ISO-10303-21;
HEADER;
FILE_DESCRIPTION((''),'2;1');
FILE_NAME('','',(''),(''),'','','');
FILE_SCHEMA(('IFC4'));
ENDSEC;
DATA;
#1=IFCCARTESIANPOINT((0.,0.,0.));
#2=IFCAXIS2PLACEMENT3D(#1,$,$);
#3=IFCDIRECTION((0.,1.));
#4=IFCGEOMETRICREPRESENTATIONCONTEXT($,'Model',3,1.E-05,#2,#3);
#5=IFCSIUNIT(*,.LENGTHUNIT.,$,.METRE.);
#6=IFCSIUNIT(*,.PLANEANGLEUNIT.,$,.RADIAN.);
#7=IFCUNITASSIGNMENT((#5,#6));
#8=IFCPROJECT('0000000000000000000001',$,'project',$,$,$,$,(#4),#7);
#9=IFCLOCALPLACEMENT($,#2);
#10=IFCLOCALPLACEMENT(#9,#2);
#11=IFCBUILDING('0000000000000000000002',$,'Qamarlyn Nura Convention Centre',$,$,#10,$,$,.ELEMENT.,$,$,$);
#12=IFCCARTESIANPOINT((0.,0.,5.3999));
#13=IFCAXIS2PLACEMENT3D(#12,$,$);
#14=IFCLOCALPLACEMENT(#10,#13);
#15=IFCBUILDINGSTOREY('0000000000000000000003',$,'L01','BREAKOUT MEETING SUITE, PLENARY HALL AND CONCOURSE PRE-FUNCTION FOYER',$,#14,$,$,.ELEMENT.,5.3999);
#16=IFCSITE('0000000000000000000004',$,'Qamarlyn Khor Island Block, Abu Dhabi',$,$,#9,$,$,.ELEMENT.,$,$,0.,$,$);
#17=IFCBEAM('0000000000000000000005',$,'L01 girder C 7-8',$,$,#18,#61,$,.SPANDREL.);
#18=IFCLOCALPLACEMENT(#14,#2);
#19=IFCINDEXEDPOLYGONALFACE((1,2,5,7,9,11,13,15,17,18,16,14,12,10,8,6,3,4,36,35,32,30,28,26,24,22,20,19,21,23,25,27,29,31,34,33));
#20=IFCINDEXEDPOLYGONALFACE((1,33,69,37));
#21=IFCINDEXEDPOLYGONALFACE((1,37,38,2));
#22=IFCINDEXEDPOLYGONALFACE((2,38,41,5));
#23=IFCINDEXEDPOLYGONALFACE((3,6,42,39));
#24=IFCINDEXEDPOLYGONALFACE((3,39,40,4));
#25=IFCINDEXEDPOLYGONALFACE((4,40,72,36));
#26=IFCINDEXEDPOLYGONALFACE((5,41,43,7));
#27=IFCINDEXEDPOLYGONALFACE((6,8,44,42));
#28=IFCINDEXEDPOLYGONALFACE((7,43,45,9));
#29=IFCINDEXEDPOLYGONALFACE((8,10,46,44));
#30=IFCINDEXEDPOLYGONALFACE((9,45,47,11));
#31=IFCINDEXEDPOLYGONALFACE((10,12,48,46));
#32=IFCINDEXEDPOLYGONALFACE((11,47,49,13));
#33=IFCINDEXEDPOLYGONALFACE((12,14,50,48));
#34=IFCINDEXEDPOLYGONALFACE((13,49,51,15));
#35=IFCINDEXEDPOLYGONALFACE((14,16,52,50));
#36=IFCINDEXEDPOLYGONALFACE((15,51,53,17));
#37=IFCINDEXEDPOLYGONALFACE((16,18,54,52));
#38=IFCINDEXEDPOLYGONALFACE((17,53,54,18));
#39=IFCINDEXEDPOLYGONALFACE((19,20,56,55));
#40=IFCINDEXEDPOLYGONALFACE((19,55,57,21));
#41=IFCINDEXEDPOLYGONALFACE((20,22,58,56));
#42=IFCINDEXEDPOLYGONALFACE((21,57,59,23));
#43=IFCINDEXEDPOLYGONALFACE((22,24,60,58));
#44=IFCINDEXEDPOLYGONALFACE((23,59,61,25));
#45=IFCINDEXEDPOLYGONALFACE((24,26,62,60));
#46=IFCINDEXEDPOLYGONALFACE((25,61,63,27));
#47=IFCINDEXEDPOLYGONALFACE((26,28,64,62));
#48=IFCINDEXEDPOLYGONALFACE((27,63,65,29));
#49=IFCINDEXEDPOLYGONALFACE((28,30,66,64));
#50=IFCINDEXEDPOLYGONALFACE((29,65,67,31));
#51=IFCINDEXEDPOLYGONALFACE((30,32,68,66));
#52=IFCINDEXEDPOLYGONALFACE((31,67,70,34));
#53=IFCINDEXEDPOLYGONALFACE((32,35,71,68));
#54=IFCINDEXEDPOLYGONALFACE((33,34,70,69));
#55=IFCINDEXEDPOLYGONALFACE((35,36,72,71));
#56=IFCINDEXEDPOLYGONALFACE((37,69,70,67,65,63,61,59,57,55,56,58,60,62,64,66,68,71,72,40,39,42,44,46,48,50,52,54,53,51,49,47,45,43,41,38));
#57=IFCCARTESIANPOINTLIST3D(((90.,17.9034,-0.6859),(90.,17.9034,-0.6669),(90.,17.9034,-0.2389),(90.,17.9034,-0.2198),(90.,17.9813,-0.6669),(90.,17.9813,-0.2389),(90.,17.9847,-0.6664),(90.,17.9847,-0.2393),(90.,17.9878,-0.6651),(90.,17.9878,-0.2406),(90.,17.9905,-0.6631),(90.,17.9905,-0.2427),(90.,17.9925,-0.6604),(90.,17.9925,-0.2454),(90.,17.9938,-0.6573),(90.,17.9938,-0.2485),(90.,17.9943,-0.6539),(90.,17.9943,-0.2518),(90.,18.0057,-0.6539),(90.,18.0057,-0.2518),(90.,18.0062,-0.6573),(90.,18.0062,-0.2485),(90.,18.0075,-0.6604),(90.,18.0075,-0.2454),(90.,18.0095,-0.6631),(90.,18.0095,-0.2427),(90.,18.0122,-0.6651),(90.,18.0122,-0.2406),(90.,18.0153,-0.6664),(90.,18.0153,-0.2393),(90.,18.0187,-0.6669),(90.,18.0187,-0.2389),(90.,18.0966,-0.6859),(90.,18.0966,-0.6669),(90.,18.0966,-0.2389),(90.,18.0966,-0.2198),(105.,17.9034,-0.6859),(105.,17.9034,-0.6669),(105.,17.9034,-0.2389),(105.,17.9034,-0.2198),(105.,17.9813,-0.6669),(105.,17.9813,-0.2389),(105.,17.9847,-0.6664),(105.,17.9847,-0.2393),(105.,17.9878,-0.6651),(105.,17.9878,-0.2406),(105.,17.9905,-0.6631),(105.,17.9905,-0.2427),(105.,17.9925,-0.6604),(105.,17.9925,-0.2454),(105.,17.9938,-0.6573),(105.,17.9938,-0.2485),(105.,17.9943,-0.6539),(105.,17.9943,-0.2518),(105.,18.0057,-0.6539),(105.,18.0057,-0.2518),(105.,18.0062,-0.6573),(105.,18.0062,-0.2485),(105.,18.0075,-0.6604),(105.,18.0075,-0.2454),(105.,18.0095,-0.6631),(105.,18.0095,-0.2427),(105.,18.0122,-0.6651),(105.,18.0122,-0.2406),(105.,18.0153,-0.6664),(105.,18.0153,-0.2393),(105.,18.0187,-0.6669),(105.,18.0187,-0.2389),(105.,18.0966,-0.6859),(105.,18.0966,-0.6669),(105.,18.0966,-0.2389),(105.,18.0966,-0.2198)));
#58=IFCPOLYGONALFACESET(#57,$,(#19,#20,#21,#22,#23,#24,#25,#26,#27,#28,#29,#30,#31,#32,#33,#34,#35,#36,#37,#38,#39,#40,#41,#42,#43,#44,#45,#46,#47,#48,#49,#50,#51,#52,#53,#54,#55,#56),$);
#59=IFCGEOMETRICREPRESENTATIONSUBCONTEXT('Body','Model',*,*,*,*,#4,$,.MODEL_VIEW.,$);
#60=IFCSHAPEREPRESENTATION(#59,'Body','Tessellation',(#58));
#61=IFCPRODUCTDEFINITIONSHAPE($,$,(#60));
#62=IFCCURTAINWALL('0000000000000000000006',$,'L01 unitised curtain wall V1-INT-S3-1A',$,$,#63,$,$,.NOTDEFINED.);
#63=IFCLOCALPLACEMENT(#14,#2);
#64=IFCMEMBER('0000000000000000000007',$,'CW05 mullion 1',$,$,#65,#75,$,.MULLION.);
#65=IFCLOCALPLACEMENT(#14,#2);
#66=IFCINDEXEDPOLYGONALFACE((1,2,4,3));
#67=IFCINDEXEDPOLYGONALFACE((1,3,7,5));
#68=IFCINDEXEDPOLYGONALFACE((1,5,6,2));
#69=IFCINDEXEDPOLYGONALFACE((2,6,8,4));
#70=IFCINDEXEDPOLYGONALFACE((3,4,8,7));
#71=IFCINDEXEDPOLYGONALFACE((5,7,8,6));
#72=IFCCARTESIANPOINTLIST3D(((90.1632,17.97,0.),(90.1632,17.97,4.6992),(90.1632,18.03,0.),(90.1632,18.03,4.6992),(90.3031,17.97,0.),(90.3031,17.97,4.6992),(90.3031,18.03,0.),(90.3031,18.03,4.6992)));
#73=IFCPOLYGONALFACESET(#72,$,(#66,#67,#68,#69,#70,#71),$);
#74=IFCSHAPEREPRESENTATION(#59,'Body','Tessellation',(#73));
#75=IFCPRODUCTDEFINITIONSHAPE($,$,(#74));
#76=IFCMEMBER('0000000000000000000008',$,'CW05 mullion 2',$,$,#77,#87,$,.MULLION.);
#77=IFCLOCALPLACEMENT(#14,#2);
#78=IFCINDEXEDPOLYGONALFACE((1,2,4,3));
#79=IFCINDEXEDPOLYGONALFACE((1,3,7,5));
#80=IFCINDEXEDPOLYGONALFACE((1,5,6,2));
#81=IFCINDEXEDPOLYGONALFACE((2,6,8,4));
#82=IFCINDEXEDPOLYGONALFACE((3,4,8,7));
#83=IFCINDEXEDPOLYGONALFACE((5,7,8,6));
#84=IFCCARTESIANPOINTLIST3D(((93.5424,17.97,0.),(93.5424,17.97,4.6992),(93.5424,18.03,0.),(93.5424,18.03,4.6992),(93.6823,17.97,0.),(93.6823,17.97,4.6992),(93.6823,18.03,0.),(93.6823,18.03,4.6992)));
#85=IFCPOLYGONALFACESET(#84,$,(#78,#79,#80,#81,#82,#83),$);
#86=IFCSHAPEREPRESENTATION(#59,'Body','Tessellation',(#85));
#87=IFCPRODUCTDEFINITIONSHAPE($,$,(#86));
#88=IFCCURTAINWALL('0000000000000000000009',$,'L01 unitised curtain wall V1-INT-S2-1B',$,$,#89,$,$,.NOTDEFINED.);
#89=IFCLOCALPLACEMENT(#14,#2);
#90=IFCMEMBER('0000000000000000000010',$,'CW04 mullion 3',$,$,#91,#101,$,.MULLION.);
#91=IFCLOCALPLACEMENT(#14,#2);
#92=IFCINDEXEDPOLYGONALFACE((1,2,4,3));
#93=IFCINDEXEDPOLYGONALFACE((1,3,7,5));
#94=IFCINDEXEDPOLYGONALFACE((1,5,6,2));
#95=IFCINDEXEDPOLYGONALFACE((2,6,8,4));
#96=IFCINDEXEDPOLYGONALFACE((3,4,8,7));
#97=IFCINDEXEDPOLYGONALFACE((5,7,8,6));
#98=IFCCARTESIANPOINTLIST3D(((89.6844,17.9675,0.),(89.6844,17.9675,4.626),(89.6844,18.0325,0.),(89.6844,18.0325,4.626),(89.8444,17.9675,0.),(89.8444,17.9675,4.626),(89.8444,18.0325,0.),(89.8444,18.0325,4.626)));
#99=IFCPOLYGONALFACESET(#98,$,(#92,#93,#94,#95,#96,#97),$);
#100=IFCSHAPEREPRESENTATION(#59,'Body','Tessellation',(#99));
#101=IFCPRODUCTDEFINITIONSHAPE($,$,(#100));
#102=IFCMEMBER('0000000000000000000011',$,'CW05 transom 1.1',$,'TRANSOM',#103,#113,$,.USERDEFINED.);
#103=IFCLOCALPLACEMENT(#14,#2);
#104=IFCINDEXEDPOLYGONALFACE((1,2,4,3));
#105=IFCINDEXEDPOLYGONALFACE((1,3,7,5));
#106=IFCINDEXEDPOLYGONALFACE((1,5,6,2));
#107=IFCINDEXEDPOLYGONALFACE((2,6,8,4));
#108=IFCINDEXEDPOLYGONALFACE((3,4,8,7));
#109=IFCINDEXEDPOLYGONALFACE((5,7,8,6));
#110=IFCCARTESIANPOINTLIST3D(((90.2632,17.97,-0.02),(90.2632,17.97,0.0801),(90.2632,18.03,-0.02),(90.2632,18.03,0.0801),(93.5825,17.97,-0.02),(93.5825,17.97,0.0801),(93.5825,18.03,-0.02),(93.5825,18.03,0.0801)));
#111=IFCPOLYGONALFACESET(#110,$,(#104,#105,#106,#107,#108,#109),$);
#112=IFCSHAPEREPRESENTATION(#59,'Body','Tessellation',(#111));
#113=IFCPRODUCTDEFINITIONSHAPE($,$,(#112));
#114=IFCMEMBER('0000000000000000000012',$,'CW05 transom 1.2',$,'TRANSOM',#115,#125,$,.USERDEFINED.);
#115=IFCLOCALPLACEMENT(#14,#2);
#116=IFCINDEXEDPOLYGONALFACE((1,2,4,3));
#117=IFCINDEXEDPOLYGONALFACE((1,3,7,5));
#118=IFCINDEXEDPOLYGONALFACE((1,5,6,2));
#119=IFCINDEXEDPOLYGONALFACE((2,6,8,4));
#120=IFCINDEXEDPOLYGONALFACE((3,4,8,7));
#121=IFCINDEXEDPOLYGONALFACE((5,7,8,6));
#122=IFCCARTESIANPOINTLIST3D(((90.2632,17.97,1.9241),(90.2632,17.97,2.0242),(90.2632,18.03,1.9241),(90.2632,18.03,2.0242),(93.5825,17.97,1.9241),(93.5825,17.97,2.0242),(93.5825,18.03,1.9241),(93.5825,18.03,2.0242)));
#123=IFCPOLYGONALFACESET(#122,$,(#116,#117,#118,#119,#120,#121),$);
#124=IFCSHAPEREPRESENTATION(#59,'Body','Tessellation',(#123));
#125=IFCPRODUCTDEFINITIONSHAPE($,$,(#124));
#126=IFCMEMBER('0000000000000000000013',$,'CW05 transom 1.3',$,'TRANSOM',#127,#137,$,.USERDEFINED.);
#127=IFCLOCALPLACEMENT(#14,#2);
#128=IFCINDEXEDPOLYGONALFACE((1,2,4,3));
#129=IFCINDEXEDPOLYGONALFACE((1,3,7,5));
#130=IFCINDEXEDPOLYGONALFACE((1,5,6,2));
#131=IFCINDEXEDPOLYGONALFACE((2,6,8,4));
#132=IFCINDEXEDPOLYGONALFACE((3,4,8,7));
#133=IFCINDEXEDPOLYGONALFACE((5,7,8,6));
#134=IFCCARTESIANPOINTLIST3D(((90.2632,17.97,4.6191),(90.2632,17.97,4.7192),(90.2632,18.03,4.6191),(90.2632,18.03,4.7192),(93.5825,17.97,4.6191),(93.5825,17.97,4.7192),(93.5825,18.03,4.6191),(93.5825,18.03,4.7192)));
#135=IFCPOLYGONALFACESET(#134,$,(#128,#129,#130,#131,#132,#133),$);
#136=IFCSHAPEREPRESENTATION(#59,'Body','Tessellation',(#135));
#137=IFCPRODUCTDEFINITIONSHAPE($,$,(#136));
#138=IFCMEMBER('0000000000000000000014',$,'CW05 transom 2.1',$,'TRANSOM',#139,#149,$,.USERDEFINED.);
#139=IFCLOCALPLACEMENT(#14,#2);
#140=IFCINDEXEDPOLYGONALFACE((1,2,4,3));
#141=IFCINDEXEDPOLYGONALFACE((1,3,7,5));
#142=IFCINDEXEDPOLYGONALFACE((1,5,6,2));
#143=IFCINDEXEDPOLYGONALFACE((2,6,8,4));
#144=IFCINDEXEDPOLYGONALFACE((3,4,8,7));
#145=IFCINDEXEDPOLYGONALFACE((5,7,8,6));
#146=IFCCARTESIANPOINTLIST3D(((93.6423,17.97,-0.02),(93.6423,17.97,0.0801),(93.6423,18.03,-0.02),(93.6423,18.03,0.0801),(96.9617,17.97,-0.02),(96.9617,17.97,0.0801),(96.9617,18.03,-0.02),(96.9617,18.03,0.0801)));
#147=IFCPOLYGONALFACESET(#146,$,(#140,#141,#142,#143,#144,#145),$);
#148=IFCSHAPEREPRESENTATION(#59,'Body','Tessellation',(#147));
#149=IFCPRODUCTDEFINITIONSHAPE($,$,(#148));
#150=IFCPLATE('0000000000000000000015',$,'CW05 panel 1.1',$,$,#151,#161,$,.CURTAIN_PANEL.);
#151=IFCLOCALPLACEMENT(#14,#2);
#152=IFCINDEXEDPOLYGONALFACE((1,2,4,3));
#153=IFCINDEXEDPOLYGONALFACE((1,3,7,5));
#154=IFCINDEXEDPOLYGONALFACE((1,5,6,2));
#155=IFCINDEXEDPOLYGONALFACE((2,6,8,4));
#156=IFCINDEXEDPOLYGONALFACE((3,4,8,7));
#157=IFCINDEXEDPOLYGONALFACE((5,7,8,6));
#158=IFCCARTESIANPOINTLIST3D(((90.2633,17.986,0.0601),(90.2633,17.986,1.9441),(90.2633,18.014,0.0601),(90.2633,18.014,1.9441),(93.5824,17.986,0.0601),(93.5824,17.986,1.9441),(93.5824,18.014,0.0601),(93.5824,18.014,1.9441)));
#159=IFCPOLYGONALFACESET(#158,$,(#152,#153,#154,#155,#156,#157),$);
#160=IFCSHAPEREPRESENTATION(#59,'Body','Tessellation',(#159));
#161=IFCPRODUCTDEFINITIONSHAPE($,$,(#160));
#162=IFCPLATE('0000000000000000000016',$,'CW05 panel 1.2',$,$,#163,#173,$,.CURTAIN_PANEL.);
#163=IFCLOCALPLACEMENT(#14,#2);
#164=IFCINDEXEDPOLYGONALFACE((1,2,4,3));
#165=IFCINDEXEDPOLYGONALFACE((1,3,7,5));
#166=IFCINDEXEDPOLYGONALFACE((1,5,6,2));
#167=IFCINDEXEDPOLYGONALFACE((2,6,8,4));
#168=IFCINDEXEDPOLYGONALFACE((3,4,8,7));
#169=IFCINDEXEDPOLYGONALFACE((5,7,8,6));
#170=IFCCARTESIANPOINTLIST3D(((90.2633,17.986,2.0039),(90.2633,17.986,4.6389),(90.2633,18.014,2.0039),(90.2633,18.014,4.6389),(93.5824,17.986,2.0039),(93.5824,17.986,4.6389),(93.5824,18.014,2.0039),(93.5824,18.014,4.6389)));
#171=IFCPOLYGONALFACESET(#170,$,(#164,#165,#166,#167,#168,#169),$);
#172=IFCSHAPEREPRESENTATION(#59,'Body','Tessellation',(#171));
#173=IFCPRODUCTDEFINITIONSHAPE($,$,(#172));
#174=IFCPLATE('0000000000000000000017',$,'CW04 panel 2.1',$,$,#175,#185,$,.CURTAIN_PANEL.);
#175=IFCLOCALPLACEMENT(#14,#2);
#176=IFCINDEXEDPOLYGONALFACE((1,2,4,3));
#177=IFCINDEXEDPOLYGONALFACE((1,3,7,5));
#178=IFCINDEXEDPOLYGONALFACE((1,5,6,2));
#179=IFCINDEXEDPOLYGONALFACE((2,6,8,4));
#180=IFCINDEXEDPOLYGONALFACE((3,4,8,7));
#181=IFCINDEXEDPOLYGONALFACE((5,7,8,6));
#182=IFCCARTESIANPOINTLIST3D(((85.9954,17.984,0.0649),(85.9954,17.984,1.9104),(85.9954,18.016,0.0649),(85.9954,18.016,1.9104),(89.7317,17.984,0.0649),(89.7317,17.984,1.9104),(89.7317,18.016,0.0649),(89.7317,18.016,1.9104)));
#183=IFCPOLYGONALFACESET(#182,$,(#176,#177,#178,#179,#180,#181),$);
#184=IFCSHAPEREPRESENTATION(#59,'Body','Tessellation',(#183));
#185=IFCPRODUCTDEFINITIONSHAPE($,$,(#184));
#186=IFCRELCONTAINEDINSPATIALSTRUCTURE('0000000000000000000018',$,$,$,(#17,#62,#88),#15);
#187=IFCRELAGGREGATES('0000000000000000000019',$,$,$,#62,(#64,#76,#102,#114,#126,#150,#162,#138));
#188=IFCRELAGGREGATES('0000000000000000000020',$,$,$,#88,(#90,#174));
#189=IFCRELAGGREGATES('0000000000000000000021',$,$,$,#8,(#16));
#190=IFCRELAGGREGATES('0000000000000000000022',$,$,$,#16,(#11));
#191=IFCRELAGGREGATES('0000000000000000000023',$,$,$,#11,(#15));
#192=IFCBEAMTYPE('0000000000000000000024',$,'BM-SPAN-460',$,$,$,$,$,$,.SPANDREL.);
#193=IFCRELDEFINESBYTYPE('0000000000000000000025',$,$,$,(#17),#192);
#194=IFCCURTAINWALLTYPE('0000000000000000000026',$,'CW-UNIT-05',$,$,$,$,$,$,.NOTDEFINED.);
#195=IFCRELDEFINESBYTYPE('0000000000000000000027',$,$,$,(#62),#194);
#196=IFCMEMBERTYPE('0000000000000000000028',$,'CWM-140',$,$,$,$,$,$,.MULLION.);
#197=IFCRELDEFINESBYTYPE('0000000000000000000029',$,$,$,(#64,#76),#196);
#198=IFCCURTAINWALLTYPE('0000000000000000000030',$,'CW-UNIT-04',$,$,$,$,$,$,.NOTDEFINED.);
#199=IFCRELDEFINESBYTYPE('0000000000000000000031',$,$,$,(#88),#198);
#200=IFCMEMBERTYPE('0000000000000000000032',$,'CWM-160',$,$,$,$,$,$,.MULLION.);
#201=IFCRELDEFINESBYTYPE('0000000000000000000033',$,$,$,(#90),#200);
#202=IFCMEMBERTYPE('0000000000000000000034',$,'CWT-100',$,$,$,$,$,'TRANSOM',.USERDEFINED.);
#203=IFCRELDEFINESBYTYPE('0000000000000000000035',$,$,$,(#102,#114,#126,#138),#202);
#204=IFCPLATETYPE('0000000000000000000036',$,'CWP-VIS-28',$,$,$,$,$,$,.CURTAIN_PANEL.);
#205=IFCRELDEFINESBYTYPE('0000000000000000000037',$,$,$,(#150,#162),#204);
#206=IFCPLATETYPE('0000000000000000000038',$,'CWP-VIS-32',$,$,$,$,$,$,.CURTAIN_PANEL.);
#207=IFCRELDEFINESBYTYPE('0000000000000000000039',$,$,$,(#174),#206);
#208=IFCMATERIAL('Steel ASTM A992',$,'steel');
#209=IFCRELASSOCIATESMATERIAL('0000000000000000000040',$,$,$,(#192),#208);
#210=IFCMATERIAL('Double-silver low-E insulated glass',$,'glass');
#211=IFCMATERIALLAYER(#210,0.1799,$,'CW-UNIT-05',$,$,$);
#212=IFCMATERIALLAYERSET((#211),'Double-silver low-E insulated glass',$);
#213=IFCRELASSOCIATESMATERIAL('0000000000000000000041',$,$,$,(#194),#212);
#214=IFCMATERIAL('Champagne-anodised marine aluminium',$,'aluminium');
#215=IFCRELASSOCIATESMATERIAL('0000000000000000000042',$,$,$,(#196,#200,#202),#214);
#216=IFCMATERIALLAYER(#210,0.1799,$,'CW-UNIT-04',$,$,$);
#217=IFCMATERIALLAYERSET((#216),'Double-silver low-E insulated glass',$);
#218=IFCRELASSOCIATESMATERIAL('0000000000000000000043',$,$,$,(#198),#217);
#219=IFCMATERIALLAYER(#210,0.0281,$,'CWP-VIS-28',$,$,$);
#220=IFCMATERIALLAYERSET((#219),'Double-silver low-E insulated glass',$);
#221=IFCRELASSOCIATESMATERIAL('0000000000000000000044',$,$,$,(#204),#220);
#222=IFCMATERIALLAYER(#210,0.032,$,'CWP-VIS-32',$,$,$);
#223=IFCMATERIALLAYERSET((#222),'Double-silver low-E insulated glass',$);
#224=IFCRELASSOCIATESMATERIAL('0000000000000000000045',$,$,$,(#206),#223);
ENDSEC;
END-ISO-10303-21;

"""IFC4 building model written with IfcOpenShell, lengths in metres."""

from ifc_helpers import new_model, si_unit, direction, frame, origin, origin_2d, place, context, subcontext, project, spatial, rectangle, i_section, extrude, material, layer, layer_set, material_profile, profile_set, type_object, element, aggregate, save


model = new_model("IFC4")

# Units and contexts
model_context = context("Model", 3, precision=1e-05, world=origin(), true_north=direction((0.0, 1.0)))
body_context = subcontext(model_context, "Body", "Model", "MODEL_VIEW")
ifc_project = project(units=[si_unit("LENGTHUNIT", "METRE"), si_unit("PLANEANGLEUNIT", "RADIAN")], contexts=[model_context])

# Site, building, storey
site_placement = place(None, origin())
site = spatial("IfcSite", under=ifc_project, at=site_placement, Name="Qamarlyn Khor Island Block, Abu Dhabi", CompositionType="ELEMENT", RefElevation=0.0)
building_placement = place(site_placement, origin())
building = spatial("IfcBuilding", under=site, at=building_placement, Name="Qamarlyn Nura Convention Centre", CompositionType="ELEMENT")
storey_placement = place(building_placement, frame((0.0, 0.0, 5.3999)))
storey = spatial("IfcBuildingStorey", under=building, at=storey_placement, Name="L01", Description="BREAKOUT MEETING SUITE, PLENARY HALL AND CONCOURSE PRE-FUNCTION FOYER", CompositionType="ELEMENT", Elevation=5.3999)

# Shared definitions
ifc_material_1 = material(Name="Steel ASTM A992", Category="steel")

# Beam
ifc_material_profile_1 = material_profile(ifc_material_1, i_section(OverallWidth=0.1931, OverallDepth=0.4661, WebThickness=0.0115, FlangeThickness=0.019, FilletRadius=0.0129, at=origin_2d()), Name="W460X97")
ifc_profile_set_1 = profile_set([ifc_material_profile_1], Name="Steel ASTM A992")
beam_type_1 = type_object("IfcBeamType", Name="BM-SPAN-460", PredefinedType="SPANDREL", material=ifc_profile_set_1)
beam_1_placement = place(storey_placement, frame((90.0, 18.0, -0.4529), z_axis=(1.0, 0.0, 0.0), x_axis=(0.0, 1.0, 0.0)))
element("IfcBeam", 1, at=beam_1_placement, inside=storey, type_object=beam_type_1, Name="L01 girder C 7-8", PredefinedType="SPANDREL", context=body_context, shape_type="SweptSolid", body=[
    extrude(i_section(OverallWidth=0.1931, OverallDepth=0.4661, WebThickness=0.0115, FlangeThickness=0.019, FilletRadius=0.0129, at=origin_2d()), origin(), (0.0, 0.0, 1.0), 15.0),
])

# Curtain wall, members
ifc_material_2 = material(Name="Double-silver low-E insulated glass", Category="glass")
ifc_layer_1 = layer(ifc_material_2, 0.1799, Name="CW-UNIT-05")
ifc_layer_set_1 = layer_set([ifc_layer_1], Name="Double-silver low-E insulated glass")
curtain_wall_type_1 = type_object("IfcCurtainWallType", Name="CW-UNIT-05", PredefinedType="NOTDEFINED", material=ifc_layer_set_1)
curtain_wall_1_placement = place(storey_placement, origin())
curtain_wall_1 = element("IfcCurtainWall", 2, at=curtain_wall_1_placement, inside=storey, type_object=curtain_wall_type_1, Name="L01 unitised curtain wall V1-INT-S3-1A", PredefinedType="NOTDEFINED")
ifc_material_3 = material(Name="Champagne-anodised marine aluminium", Category="aluminium")
ifc_material_profile_2 = material_profile(ifc_material_3, rectangle(XDim=0.0601, YDim=0.1399, at=origin_2d()), Name="ALU MULLION 60x140")
ifc_profile_set_2 = profile_set([ifc_material_profile_2], Name="Champagne-anodised marine aluminium")
member_type_1 = type_object("IfcMemberType", Name="CWM-140", PredefinedType="MULLION", material=ifc_profile_set_2)
member_1_placement = place(storey_placement, frame((90.2332, 18.0, 0.0), z_axis=(0.0, 0.0, 1.0), x_axis=(0.0, 1.0, 0.0)))
member_1 = element("IfcMember", 3, at=member_1_placement, type_object=member_type_1, Name="CW05 mullion 1", PredefinedType="MULLION", context=body_context, shape_type="SweptSolid", body=[
    extrude(rectangle(XDim=0.0601, YDim=0.1399, at=origin_2d()), origin(), (0.0, 0.0, 1.0), 4.6992),
])
member_2_placement = place(storey_placement, frame((93.6123, 18.0, 0.0), z_axis=(0.0, 0.0, 1.0), x_axis=(0.0, 1.0, 0.0)))
member_2 = element("IfcMember", 4, at=member_2_placement, type_object=member_type_1, Name="CW05 mullion 2", PredefinedType="MULLION", context=body_context, shape_type="SweptSolid", body=[
    extrude(rectangle(XDim=0.0601, YDim=0.1399, at=origin_2d()), origin(), (0.0, 0.0, 1.0), 4.6992),
])

# Curtain wall, member
ifc_layer_2 = layer(ifc_material_2, 0.1799, Name="CW-UNIT-04")
ifc_layer_set_2 = layer_set([ifc_layer_2], Name="Double-silver low-E insulated glass")
curtain_wall_type_2 = type_object("IfcCurtainWallType", Name="CW-UNIT-04", PredefinedType="NOTDEFINED", material=ifc_layer_set_2)
curtain_wall_2_placement = place(storey_placement, origin())
curtain_wall_2 = element("IfcCurtainWall", 5, at=curtain_wall_2_placement, inside=storey, type_object=curtain_wall_type_2, Name="L01 unitised curtain wall V1-INT-S2-1B", PredefinedType="NOTDEFINED")
ifc_material_profile_3 = material_profile(ifc_material_3, rectangle(XDim=0.0649, YDim=0.1599, at=origin_2d()), Name="ALU MULLION 65x160")
ifc_profile_set_3 = profile_set([ifc_material_profile_3], Name="Champagne-anodised marine aluminium")
member_type_2 = type_object("IfcMemberType", Name="CWM-160", PredefinedType="MULLION", material=ifc_profile_set_3)
member_3_placement = place(storey_placement, frame((89.7644, 18.0, 0.0), z_axis=(0.0, 0.0, 1.0), x_axis=(0.0, 1.0, 0.0)))
member_3 = element("IfcMember", 6, at=member_3_placement, type_object=member_type_2, Name="CW04 mullion 3", PredefinedType="MULLION", context=body_context, shape_type="SweptSolid", body=[
    extrude(rectangle(XDim=0.0649, YDim=0.1599, at=origin_2d()), origin(), (0.0, 0.0, 1.0), 4.626),
])

# Members
ifc_material_profile_4 = material_profile(ifc_material_3, rectangle(XDim=0.0601, YDim=0.1001, at=origin_2d()), Name="ALU TRANSOM 60x100")
ifc_profile_set_4 = profile_set([ifc_material_profile_4], Name="Champagne-anodised marine aluminium")
member_type_3 = type_object("IfcMemberType", Name="CWT-100", ElementType="TRANSOM", PredefinedType="USERDEFINED", material=ifc_profile_set_4)
member_4_placement = place(storey_placement, frame((90.2632, 18.0, 0.03), z_axis=(1.0, 0.0, 0.0), x_axis=(0.0, 1.0, 0.0)))
member_4 = element("IfcMember", 7, at=member_4_placement, type_object=member_type_3, Name="CW05 transom 1.1", ObjectType="TRANSOM", PredefinedType="USERDEFINED", context=body_context, shape_type="SweptSolid", body=[
    extrude(rectangle(XDim=0.0601, YDim=0.1001, at=origin_2d()), origin(), (0.0, 0.0, 1.0), 3.3193),
])
member_5_placement = place(storey_placement, frame((90.2632, 18.0, 1.9741), z_axis=(1.0, 0.0, 0.0), x_axis=(0.0, 1.0, 0.0)))
member_5 = element("IfcMember", 8, at=member_5_placement, type_object=member_type_3, Name="CW05 transom 1.2", ObjectType="TRANSOM", PredefinedType="USERDEFINED", context=body_context, shape_type="SweptSolid", body=[
    extrude(rectangle(XDim=0.0601, YDim=0.1001, at=origin_2d()), origin(), (0.0, 0.0, 1.0), 3.3193),
])
member_6_placement = place(storey_placement, frame((90.2632, 18.0, 4.6692), z_axis=(1.0, 0.0, 0.0), x_axis=(0.0, 1.0, 0.0)))
member_6 = element("IfcMember", 9, at=member_6_placement, type_object=member_type_3, Name="CW05 transom 1.3", ObjectType="TRANSOM", PredefinedType="USERDEFINED", context=body_context, shape_type="SweptSolid", body=[
    extrude(rectangle(XDim=0.0601, YDim=0.1001, at=origin_2d()), origin(), (0.0, 0.0, 1.0), 3.3193),
])
member_7_placement = place(storey_placement, frame((93.6423, 18.0, 0.03), z_axis=(1.0, 0.0, 0.0), x_axis=(0.0, 1.0, 0.0)))
member_7 = element("IfcMember", 10, at=member_7_placement, type_object=member_type_3, Name="CW05 transom 2.1", ObjectType="TRANSOM", PredefinedType="USERDEFINED", context=body_context, shape_type="SweptSolid", body=[
    extrude(rectangle(XDim=0.0601, YDim=0.1001, at=origin_2d()), origin(), (0.0, 0.0, 1.0), 3.3193),
])

# Plates
ifc_layer_3 = layer(ifc_material_2, 0.0281, Name="CWP-VIS-28")
ifc_layer_set_3 = layer_set([ifc_layer_3], Name="Double-silver low-E insulated glass")
plate_type_1 = type_object("IfcPlateType", Name="CWP-VIS-28", PredefinedType="CURTAIN_PANEL", material=ifc_layer_set_3)
plate_1_placement = place(storey_placement, frame((91.9229, 18.0, 0.0601), z_axis=(0.0, 0.0, 1.0), x_axis=(1.0, 0.0, 0.0)))
plate_1 = element("IfcPlate", 11, at=plate_1_placement, type_object=plate_type_1, Name="CW05 panel 1.1", PredefinedType="CURTAIN_PANEL", context=body_context, shape_type="SweptSolid", body=[
    extrude(rectangle(XDim=3.3191, YDim=0.0281, at=origin_2d()), origin(), (0.0, 0.0, 1.0), 1.884),
])
plate_2_placement = place(storey_placement, frame((91.9229, 18.0, 2.0039), z_axis=(0.0, 0.0, 1.0), x_axis=(1.0, 0.0, 0.0)))
plate_2 = element("IfcPlate", 12, at=plate_2_placement, type_object=plate_type_1, Name="CW05 panel 1.2", PredefinedType="CURTAIN_PANEL", context=body_context, shape_type="SweptSolid", body=[
    extrude(rectangle(XDim=3.3191, YDim=0.0281, at=origin_2d()), origin(), (0.0, 0.0, 1.0), 2.635),
])
aggregate(curtain_wall_1, [member_1, member_2, member_4, member_5, member_6, plate_1, plate_2, member_7])
ifc_layer_4 = layer(ifc_material_2, 0.032, Name="CWP-VIS-32")
ifc_layer_set_4 = layer_set([ifc_layer_4], Name="Double-silver low-E insulated glass")
plate_type_2 = type_object("IfcPlateType", Name="CWP-VIS-32", PredefinedType="CURTAIN_PANEL", material=ifc_layer_set_4)
plate_3_placement = place(storey_placement, frame((87.8635, 18.0, 0.0649), z_axis=(0.0, 0.0, 1.0), x_axis=(1.0, 0.0, 0.0)))
plate_3 = element("IfcPlate", 13, at=plate_3_placement, type_object=plate_type_2, Name="CW04 panel 2.1", PredefinedType="CURTAIN_PANEL", context=body_context, shape_type="SweptSolid", body=[
    extrude(rectangle(XDim=3.7363, YDim=0.032, at=origin_2d()), origin(), (0.0, 0.0, 1.0), 1.8455),
])
aggregate(curtain_wall_2, [member_3, plate_3])

save(model, "model.ifc")
